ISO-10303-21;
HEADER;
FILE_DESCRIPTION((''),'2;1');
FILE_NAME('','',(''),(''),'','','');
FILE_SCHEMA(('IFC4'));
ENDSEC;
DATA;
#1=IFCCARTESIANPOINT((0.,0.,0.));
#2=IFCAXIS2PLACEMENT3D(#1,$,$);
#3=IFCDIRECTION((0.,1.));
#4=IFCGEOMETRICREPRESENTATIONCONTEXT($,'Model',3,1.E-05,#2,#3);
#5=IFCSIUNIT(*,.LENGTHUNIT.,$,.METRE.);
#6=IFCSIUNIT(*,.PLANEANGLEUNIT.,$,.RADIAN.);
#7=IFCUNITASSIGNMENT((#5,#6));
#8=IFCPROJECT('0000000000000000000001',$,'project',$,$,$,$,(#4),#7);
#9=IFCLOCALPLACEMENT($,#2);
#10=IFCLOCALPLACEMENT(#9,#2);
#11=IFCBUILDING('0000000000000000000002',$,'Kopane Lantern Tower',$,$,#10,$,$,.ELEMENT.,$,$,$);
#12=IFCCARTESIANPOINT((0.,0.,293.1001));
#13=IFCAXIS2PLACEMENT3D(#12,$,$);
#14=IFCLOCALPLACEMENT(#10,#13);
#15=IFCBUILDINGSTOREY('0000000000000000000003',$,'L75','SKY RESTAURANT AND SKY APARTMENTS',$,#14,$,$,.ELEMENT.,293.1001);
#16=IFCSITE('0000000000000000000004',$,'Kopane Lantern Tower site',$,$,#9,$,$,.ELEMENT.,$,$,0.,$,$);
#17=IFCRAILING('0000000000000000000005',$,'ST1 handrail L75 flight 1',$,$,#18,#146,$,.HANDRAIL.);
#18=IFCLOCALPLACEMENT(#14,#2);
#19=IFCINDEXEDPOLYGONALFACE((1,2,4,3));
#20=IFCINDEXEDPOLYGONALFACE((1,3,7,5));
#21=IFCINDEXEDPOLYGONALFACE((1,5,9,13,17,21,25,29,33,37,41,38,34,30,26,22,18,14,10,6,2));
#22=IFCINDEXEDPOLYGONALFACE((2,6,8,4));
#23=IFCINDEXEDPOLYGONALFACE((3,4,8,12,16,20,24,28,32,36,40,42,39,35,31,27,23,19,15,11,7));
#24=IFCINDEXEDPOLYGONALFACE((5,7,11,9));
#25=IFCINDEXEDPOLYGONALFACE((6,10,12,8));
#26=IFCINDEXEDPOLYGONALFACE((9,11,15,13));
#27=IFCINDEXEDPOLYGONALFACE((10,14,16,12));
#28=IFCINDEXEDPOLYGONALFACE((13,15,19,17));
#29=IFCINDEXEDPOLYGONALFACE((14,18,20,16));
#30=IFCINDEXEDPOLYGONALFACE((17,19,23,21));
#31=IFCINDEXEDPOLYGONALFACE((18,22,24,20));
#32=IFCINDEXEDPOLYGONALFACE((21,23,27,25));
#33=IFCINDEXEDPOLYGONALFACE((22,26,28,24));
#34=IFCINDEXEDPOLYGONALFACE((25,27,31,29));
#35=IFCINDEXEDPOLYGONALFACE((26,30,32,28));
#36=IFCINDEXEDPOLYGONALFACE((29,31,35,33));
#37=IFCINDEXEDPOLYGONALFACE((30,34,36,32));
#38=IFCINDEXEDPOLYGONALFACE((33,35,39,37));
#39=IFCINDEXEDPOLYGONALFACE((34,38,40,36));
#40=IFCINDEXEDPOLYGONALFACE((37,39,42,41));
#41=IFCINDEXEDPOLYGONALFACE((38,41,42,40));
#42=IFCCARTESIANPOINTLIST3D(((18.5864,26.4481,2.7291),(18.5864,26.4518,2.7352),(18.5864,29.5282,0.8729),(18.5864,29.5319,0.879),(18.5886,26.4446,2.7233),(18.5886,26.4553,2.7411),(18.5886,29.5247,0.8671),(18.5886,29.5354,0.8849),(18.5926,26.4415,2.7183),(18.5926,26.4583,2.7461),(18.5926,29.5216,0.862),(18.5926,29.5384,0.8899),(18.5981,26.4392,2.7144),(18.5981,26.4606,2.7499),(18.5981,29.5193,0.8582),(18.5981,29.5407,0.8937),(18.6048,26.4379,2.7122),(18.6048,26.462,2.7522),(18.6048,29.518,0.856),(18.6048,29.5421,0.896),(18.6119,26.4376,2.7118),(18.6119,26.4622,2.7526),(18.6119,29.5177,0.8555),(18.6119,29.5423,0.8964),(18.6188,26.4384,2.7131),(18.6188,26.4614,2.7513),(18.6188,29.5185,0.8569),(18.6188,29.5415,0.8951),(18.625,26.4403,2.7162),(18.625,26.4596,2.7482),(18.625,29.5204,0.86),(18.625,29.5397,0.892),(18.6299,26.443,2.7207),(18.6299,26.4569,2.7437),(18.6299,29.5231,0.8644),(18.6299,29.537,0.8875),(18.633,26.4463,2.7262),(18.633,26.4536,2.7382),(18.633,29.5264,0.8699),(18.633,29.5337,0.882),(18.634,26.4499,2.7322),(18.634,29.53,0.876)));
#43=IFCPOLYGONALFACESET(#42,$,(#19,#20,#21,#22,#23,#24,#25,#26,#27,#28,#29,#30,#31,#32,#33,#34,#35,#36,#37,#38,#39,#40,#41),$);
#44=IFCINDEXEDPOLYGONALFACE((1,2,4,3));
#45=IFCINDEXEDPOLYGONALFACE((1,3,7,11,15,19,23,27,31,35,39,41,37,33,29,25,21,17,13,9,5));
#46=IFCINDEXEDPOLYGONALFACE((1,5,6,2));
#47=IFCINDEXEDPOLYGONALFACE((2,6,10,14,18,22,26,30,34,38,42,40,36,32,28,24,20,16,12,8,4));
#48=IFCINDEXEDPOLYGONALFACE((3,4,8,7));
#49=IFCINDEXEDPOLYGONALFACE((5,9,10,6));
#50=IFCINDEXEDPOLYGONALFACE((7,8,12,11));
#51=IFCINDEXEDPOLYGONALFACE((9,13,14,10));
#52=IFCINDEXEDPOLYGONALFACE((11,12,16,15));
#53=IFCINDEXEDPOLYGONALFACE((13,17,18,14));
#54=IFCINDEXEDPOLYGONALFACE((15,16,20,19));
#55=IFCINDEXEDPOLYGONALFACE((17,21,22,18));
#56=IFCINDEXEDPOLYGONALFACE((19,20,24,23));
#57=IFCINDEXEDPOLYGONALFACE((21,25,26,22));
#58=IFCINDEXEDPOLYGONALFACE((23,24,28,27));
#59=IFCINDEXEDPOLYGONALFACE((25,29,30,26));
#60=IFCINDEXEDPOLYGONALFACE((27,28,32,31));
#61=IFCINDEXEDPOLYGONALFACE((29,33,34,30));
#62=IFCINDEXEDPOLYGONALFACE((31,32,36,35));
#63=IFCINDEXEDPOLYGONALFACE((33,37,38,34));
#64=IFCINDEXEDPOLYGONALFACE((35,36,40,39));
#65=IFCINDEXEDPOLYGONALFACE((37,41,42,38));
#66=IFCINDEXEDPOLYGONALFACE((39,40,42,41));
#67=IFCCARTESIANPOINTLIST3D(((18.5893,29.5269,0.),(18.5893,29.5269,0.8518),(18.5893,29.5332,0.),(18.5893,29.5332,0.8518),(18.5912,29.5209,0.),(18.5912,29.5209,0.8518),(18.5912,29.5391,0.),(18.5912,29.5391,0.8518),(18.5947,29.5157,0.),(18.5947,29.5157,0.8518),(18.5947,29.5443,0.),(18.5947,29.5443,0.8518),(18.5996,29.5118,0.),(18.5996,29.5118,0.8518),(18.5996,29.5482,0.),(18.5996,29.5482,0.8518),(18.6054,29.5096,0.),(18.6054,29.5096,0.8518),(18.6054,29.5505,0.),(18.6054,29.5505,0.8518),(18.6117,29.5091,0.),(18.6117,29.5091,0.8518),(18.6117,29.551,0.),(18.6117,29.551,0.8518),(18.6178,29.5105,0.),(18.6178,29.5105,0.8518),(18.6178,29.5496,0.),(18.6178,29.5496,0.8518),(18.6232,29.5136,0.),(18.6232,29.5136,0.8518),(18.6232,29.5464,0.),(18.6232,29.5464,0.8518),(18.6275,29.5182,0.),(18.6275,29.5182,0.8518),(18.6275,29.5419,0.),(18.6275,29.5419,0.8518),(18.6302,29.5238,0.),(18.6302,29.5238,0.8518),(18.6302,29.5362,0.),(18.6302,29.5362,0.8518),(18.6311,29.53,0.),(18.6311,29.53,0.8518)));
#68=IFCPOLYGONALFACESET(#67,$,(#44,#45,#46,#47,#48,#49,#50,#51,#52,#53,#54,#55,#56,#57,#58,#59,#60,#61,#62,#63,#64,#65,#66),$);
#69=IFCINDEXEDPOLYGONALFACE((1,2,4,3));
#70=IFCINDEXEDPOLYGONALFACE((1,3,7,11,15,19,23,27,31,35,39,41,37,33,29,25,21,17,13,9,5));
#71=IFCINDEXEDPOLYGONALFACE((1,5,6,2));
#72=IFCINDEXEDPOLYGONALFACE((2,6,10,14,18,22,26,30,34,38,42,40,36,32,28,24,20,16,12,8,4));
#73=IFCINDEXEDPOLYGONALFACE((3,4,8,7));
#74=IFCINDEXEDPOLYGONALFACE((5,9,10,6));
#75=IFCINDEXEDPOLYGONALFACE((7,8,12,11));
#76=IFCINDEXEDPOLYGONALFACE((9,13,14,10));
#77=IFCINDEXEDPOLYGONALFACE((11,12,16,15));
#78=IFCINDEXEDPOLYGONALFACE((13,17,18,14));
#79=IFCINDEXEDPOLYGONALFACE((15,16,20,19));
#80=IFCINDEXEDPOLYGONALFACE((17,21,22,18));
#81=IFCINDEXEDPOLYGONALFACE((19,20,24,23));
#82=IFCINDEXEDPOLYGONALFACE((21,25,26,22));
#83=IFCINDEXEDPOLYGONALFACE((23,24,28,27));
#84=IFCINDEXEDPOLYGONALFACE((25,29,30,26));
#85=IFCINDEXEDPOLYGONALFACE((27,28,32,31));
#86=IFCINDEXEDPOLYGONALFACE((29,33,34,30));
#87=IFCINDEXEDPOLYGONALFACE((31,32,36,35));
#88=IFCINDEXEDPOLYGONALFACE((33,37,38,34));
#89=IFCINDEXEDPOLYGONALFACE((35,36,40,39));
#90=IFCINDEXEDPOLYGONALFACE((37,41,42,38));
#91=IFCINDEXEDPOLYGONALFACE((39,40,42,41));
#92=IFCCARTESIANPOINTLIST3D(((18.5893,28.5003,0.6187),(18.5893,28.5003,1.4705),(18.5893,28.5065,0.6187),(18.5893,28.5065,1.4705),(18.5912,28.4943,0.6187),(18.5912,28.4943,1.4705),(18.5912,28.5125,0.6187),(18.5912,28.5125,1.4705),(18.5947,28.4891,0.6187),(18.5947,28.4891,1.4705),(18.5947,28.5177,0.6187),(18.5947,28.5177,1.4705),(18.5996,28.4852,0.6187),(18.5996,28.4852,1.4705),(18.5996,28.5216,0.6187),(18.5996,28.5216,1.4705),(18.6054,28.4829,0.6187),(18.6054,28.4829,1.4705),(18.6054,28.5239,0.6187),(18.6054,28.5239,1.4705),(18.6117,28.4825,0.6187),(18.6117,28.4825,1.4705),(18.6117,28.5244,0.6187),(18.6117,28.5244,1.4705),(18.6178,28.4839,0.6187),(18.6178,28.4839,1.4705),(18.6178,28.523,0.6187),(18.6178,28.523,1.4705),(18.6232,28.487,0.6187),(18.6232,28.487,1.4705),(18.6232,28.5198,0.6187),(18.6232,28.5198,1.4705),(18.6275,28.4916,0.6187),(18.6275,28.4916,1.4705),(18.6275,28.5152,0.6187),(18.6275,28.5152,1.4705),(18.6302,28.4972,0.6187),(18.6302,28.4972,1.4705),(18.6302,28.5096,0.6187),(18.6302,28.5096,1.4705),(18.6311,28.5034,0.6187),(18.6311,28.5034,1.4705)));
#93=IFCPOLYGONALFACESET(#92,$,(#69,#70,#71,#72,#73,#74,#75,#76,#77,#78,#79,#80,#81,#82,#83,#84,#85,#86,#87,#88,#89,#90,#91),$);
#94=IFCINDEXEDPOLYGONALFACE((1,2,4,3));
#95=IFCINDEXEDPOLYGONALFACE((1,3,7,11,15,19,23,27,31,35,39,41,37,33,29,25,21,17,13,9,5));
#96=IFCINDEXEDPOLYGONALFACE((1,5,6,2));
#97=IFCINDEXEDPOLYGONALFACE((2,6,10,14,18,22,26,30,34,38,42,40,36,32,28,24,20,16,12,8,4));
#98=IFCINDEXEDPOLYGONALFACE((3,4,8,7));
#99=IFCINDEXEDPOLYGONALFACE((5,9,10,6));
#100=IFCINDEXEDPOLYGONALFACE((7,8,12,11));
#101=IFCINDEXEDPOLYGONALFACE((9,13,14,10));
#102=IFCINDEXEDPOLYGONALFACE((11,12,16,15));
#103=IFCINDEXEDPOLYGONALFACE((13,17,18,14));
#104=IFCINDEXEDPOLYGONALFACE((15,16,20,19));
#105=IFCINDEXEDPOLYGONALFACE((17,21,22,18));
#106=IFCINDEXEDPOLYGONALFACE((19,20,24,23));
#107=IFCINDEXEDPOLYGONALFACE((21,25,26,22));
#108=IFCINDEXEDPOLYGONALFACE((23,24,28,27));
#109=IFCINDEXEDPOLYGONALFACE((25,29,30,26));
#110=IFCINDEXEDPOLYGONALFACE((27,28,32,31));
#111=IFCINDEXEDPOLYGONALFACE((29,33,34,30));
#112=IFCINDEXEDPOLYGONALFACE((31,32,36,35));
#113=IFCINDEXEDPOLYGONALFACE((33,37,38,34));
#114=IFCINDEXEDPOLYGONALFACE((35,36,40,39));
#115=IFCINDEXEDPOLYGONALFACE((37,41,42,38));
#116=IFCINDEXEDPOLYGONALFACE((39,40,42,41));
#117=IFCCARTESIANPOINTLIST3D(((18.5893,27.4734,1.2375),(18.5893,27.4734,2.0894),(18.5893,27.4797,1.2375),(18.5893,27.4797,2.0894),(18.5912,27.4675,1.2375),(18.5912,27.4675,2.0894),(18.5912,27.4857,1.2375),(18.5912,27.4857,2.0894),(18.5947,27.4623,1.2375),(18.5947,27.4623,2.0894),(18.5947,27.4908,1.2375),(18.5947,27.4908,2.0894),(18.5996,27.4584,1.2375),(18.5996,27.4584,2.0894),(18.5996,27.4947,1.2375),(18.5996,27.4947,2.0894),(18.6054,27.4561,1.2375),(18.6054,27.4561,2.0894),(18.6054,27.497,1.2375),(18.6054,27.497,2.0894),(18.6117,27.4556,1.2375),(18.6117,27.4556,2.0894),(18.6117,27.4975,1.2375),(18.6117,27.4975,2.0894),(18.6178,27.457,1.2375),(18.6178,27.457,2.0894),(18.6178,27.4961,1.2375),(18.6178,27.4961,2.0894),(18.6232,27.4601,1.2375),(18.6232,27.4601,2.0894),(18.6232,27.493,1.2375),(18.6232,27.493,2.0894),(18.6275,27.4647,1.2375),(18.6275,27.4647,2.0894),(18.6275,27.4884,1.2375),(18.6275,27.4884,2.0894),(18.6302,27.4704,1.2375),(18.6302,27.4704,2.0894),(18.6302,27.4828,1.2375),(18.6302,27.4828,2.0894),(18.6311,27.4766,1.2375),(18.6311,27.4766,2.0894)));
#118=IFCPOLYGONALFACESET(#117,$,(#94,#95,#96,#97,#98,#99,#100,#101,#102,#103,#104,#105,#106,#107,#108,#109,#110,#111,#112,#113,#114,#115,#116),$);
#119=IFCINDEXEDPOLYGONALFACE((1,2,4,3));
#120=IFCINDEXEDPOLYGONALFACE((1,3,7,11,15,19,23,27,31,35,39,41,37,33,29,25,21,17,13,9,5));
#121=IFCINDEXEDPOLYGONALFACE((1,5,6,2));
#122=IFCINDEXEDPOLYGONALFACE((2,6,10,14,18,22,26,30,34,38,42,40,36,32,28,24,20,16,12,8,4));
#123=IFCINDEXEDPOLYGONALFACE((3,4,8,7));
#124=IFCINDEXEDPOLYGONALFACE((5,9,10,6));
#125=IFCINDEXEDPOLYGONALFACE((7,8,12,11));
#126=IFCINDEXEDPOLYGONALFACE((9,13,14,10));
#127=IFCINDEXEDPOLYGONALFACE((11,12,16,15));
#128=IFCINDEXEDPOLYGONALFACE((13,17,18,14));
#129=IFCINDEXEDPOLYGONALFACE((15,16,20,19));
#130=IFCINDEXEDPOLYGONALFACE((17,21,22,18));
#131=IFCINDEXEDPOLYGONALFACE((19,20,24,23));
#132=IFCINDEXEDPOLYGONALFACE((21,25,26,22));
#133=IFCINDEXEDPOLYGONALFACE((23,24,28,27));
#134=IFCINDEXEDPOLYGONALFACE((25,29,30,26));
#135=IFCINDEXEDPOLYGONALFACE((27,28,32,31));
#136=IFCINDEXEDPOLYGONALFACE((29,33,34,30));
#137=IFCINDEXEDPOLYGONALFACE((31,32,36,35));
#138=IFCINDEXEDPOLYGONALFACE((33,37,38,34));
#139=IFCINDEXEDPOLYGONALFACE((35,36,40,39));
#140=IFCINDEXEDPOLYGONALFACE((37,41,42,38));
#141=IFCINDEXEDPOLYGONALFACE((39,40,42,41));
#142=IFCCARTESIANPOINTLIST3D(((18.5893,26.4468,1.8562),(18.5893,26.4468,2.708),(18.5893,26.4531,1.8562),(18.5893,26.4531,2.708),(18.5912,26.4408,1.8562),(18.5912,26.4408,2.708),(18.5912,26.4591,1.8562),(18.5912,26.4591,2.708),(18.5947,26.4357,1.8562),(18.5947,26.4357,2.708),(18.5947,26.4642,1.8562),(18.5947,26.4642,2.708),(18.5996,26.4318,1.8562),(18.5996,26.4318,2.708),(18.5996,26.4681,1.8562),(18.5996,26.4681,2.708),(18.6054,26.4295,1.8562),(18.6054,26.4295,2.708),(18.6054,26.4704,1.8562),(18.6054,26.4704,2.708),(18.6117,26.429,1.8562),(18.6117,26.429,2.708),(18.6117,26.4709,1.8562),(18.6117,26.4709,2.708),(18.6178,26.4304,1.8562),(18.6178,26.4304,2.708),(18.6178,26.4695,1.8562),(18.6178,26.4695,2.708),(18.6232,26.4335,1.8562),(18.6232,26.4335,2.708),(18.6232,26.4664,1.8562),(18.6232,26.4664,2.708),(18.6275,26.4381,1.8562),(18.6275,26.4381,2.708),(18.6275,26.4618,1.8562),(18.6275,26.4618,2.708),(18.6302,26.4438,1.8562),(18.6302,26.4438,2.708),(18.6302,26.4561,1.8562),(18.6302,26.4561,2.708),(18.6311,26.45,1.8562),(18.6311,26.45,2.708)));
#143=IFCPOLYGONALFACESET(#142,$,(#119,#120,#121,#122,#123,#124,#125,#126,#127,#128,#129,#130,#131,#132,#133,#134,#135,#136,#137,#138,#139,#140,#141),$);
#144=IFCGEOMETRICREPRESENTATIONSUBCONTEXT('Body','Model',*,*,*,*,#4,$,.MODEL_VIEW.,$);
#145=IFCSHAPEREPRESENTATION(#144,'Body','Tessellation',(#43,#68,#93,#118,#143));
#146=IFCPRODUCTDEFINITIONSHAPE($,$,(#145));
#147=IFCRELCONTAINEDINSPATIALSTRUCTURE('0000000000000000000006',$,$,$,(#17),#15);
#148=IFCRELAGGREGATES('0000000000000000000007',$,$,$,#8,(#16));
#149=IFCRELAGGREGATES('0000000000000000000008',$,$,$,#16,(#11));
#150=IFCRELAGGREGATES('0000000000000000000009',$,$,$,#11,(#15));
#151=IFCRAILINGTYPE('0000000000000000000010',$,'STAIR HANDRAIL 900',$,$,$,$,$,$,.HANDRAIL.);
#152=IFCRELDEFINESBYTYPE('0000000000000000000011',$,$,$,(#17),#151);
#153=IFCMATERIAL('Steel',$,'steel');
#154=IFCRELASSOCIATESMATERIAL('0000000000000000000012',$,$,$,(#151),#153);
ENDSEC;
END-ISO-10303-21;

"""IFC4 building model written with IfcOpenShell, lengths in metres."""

from ifc_helpers import new_model, si_unit, direction, frame, origin, origin_2d, place, context, subcontext, project, spatial, circle, extrude, material, type_object, element, save


model = new_model("IFC4")

# Units and contexts
model_context = context("Model", 3, precision=1e-05, world=origin(), true_north=direction((0.0, 1.0)))
body_context = subcontext(model_context, "Body", "Model", "MODEL_VIEW")
ifc_project = project(units=[si_unit("LENGTHUNIT", "METRE"), si_unit("PLANEANGLEUNIT", "RADIAN")], contexts=[model_context])

# Site, building, storey
site_placement = place(None, origin())
site = spatial("IfcSite", under=ifc_project, at=site_placement, Name="Kopane Lantern Tower site", CompositionType="ELEMENT", RefElevation=0.0)
building_placement = place(site_placement, origin())
building = spatial("IfcBuilding", under=site, at=building_placement, Name="Kopane Lantern Tower", CompositionType="ELEMENT")
storey_placement = place(building_placement, frame((0.0, 0.0, 293.1001)))
storey = spatial("IfcBuildingStorey", under=building, at=storey_placement, Name="L75", Description="SKY RESTAURANT AND SKY APARTMENTS", CompositionType="ELEMENT", Elevation=293.1001)

# Railing
ifc_material_1 = material(Name="Steel", Category="steel")
railing_type_1 = type_object("IfcRailingType", Name="STAIR HANDRAIL 900", PredefinedType="HANDRAIL", material=ifc_material_1)
for number, where, name in (
    (1, (18.6101, 29.53, 0.0), "ST1 handrail L75 flight 1"),
):
    element("IfcRailing", number, at=place(storey_placement, frame(where)), inside=storey, type_object=railing_type_1, Name=name, PredefinedType="HANDRAIL", context=body_context, shape_type="SweptSolid", body=[
        extrude(circle(Radius=0.0239, at=origin_2d()), frame((0.0, 0.0, 0.876), z_axis=(0.0, -0.856491, 0.516162), x_axis=(1.0, 0.0, 0.0)), (0.0, 0.0, 1.0), 3.5962),
        extrude(circle(Radius=0.021, at=origin_2d()), origin(), (0.0, 0.0, 1.0), 0.8518),
        extrude(circle(Radius=0.021, at=origin_2d()), frame((0.0, -1.0266, 0.6187)), (0.0, 0.0, 1.0), 0.8518),
        extrude(circle(Radius=0.021, at=origin_2d()), frame((0.0, -2.0535, 1.2375)), (0.0, 0.0, 1.0), 0.8518),
        extrude(circle(Radius=0.021, at=origin_2d()), frame((0.0, -3.0801, 1.8562)), (0.0, 0.0, 1.0), 0.8518),
    ])

save(model, "model.ifc")
